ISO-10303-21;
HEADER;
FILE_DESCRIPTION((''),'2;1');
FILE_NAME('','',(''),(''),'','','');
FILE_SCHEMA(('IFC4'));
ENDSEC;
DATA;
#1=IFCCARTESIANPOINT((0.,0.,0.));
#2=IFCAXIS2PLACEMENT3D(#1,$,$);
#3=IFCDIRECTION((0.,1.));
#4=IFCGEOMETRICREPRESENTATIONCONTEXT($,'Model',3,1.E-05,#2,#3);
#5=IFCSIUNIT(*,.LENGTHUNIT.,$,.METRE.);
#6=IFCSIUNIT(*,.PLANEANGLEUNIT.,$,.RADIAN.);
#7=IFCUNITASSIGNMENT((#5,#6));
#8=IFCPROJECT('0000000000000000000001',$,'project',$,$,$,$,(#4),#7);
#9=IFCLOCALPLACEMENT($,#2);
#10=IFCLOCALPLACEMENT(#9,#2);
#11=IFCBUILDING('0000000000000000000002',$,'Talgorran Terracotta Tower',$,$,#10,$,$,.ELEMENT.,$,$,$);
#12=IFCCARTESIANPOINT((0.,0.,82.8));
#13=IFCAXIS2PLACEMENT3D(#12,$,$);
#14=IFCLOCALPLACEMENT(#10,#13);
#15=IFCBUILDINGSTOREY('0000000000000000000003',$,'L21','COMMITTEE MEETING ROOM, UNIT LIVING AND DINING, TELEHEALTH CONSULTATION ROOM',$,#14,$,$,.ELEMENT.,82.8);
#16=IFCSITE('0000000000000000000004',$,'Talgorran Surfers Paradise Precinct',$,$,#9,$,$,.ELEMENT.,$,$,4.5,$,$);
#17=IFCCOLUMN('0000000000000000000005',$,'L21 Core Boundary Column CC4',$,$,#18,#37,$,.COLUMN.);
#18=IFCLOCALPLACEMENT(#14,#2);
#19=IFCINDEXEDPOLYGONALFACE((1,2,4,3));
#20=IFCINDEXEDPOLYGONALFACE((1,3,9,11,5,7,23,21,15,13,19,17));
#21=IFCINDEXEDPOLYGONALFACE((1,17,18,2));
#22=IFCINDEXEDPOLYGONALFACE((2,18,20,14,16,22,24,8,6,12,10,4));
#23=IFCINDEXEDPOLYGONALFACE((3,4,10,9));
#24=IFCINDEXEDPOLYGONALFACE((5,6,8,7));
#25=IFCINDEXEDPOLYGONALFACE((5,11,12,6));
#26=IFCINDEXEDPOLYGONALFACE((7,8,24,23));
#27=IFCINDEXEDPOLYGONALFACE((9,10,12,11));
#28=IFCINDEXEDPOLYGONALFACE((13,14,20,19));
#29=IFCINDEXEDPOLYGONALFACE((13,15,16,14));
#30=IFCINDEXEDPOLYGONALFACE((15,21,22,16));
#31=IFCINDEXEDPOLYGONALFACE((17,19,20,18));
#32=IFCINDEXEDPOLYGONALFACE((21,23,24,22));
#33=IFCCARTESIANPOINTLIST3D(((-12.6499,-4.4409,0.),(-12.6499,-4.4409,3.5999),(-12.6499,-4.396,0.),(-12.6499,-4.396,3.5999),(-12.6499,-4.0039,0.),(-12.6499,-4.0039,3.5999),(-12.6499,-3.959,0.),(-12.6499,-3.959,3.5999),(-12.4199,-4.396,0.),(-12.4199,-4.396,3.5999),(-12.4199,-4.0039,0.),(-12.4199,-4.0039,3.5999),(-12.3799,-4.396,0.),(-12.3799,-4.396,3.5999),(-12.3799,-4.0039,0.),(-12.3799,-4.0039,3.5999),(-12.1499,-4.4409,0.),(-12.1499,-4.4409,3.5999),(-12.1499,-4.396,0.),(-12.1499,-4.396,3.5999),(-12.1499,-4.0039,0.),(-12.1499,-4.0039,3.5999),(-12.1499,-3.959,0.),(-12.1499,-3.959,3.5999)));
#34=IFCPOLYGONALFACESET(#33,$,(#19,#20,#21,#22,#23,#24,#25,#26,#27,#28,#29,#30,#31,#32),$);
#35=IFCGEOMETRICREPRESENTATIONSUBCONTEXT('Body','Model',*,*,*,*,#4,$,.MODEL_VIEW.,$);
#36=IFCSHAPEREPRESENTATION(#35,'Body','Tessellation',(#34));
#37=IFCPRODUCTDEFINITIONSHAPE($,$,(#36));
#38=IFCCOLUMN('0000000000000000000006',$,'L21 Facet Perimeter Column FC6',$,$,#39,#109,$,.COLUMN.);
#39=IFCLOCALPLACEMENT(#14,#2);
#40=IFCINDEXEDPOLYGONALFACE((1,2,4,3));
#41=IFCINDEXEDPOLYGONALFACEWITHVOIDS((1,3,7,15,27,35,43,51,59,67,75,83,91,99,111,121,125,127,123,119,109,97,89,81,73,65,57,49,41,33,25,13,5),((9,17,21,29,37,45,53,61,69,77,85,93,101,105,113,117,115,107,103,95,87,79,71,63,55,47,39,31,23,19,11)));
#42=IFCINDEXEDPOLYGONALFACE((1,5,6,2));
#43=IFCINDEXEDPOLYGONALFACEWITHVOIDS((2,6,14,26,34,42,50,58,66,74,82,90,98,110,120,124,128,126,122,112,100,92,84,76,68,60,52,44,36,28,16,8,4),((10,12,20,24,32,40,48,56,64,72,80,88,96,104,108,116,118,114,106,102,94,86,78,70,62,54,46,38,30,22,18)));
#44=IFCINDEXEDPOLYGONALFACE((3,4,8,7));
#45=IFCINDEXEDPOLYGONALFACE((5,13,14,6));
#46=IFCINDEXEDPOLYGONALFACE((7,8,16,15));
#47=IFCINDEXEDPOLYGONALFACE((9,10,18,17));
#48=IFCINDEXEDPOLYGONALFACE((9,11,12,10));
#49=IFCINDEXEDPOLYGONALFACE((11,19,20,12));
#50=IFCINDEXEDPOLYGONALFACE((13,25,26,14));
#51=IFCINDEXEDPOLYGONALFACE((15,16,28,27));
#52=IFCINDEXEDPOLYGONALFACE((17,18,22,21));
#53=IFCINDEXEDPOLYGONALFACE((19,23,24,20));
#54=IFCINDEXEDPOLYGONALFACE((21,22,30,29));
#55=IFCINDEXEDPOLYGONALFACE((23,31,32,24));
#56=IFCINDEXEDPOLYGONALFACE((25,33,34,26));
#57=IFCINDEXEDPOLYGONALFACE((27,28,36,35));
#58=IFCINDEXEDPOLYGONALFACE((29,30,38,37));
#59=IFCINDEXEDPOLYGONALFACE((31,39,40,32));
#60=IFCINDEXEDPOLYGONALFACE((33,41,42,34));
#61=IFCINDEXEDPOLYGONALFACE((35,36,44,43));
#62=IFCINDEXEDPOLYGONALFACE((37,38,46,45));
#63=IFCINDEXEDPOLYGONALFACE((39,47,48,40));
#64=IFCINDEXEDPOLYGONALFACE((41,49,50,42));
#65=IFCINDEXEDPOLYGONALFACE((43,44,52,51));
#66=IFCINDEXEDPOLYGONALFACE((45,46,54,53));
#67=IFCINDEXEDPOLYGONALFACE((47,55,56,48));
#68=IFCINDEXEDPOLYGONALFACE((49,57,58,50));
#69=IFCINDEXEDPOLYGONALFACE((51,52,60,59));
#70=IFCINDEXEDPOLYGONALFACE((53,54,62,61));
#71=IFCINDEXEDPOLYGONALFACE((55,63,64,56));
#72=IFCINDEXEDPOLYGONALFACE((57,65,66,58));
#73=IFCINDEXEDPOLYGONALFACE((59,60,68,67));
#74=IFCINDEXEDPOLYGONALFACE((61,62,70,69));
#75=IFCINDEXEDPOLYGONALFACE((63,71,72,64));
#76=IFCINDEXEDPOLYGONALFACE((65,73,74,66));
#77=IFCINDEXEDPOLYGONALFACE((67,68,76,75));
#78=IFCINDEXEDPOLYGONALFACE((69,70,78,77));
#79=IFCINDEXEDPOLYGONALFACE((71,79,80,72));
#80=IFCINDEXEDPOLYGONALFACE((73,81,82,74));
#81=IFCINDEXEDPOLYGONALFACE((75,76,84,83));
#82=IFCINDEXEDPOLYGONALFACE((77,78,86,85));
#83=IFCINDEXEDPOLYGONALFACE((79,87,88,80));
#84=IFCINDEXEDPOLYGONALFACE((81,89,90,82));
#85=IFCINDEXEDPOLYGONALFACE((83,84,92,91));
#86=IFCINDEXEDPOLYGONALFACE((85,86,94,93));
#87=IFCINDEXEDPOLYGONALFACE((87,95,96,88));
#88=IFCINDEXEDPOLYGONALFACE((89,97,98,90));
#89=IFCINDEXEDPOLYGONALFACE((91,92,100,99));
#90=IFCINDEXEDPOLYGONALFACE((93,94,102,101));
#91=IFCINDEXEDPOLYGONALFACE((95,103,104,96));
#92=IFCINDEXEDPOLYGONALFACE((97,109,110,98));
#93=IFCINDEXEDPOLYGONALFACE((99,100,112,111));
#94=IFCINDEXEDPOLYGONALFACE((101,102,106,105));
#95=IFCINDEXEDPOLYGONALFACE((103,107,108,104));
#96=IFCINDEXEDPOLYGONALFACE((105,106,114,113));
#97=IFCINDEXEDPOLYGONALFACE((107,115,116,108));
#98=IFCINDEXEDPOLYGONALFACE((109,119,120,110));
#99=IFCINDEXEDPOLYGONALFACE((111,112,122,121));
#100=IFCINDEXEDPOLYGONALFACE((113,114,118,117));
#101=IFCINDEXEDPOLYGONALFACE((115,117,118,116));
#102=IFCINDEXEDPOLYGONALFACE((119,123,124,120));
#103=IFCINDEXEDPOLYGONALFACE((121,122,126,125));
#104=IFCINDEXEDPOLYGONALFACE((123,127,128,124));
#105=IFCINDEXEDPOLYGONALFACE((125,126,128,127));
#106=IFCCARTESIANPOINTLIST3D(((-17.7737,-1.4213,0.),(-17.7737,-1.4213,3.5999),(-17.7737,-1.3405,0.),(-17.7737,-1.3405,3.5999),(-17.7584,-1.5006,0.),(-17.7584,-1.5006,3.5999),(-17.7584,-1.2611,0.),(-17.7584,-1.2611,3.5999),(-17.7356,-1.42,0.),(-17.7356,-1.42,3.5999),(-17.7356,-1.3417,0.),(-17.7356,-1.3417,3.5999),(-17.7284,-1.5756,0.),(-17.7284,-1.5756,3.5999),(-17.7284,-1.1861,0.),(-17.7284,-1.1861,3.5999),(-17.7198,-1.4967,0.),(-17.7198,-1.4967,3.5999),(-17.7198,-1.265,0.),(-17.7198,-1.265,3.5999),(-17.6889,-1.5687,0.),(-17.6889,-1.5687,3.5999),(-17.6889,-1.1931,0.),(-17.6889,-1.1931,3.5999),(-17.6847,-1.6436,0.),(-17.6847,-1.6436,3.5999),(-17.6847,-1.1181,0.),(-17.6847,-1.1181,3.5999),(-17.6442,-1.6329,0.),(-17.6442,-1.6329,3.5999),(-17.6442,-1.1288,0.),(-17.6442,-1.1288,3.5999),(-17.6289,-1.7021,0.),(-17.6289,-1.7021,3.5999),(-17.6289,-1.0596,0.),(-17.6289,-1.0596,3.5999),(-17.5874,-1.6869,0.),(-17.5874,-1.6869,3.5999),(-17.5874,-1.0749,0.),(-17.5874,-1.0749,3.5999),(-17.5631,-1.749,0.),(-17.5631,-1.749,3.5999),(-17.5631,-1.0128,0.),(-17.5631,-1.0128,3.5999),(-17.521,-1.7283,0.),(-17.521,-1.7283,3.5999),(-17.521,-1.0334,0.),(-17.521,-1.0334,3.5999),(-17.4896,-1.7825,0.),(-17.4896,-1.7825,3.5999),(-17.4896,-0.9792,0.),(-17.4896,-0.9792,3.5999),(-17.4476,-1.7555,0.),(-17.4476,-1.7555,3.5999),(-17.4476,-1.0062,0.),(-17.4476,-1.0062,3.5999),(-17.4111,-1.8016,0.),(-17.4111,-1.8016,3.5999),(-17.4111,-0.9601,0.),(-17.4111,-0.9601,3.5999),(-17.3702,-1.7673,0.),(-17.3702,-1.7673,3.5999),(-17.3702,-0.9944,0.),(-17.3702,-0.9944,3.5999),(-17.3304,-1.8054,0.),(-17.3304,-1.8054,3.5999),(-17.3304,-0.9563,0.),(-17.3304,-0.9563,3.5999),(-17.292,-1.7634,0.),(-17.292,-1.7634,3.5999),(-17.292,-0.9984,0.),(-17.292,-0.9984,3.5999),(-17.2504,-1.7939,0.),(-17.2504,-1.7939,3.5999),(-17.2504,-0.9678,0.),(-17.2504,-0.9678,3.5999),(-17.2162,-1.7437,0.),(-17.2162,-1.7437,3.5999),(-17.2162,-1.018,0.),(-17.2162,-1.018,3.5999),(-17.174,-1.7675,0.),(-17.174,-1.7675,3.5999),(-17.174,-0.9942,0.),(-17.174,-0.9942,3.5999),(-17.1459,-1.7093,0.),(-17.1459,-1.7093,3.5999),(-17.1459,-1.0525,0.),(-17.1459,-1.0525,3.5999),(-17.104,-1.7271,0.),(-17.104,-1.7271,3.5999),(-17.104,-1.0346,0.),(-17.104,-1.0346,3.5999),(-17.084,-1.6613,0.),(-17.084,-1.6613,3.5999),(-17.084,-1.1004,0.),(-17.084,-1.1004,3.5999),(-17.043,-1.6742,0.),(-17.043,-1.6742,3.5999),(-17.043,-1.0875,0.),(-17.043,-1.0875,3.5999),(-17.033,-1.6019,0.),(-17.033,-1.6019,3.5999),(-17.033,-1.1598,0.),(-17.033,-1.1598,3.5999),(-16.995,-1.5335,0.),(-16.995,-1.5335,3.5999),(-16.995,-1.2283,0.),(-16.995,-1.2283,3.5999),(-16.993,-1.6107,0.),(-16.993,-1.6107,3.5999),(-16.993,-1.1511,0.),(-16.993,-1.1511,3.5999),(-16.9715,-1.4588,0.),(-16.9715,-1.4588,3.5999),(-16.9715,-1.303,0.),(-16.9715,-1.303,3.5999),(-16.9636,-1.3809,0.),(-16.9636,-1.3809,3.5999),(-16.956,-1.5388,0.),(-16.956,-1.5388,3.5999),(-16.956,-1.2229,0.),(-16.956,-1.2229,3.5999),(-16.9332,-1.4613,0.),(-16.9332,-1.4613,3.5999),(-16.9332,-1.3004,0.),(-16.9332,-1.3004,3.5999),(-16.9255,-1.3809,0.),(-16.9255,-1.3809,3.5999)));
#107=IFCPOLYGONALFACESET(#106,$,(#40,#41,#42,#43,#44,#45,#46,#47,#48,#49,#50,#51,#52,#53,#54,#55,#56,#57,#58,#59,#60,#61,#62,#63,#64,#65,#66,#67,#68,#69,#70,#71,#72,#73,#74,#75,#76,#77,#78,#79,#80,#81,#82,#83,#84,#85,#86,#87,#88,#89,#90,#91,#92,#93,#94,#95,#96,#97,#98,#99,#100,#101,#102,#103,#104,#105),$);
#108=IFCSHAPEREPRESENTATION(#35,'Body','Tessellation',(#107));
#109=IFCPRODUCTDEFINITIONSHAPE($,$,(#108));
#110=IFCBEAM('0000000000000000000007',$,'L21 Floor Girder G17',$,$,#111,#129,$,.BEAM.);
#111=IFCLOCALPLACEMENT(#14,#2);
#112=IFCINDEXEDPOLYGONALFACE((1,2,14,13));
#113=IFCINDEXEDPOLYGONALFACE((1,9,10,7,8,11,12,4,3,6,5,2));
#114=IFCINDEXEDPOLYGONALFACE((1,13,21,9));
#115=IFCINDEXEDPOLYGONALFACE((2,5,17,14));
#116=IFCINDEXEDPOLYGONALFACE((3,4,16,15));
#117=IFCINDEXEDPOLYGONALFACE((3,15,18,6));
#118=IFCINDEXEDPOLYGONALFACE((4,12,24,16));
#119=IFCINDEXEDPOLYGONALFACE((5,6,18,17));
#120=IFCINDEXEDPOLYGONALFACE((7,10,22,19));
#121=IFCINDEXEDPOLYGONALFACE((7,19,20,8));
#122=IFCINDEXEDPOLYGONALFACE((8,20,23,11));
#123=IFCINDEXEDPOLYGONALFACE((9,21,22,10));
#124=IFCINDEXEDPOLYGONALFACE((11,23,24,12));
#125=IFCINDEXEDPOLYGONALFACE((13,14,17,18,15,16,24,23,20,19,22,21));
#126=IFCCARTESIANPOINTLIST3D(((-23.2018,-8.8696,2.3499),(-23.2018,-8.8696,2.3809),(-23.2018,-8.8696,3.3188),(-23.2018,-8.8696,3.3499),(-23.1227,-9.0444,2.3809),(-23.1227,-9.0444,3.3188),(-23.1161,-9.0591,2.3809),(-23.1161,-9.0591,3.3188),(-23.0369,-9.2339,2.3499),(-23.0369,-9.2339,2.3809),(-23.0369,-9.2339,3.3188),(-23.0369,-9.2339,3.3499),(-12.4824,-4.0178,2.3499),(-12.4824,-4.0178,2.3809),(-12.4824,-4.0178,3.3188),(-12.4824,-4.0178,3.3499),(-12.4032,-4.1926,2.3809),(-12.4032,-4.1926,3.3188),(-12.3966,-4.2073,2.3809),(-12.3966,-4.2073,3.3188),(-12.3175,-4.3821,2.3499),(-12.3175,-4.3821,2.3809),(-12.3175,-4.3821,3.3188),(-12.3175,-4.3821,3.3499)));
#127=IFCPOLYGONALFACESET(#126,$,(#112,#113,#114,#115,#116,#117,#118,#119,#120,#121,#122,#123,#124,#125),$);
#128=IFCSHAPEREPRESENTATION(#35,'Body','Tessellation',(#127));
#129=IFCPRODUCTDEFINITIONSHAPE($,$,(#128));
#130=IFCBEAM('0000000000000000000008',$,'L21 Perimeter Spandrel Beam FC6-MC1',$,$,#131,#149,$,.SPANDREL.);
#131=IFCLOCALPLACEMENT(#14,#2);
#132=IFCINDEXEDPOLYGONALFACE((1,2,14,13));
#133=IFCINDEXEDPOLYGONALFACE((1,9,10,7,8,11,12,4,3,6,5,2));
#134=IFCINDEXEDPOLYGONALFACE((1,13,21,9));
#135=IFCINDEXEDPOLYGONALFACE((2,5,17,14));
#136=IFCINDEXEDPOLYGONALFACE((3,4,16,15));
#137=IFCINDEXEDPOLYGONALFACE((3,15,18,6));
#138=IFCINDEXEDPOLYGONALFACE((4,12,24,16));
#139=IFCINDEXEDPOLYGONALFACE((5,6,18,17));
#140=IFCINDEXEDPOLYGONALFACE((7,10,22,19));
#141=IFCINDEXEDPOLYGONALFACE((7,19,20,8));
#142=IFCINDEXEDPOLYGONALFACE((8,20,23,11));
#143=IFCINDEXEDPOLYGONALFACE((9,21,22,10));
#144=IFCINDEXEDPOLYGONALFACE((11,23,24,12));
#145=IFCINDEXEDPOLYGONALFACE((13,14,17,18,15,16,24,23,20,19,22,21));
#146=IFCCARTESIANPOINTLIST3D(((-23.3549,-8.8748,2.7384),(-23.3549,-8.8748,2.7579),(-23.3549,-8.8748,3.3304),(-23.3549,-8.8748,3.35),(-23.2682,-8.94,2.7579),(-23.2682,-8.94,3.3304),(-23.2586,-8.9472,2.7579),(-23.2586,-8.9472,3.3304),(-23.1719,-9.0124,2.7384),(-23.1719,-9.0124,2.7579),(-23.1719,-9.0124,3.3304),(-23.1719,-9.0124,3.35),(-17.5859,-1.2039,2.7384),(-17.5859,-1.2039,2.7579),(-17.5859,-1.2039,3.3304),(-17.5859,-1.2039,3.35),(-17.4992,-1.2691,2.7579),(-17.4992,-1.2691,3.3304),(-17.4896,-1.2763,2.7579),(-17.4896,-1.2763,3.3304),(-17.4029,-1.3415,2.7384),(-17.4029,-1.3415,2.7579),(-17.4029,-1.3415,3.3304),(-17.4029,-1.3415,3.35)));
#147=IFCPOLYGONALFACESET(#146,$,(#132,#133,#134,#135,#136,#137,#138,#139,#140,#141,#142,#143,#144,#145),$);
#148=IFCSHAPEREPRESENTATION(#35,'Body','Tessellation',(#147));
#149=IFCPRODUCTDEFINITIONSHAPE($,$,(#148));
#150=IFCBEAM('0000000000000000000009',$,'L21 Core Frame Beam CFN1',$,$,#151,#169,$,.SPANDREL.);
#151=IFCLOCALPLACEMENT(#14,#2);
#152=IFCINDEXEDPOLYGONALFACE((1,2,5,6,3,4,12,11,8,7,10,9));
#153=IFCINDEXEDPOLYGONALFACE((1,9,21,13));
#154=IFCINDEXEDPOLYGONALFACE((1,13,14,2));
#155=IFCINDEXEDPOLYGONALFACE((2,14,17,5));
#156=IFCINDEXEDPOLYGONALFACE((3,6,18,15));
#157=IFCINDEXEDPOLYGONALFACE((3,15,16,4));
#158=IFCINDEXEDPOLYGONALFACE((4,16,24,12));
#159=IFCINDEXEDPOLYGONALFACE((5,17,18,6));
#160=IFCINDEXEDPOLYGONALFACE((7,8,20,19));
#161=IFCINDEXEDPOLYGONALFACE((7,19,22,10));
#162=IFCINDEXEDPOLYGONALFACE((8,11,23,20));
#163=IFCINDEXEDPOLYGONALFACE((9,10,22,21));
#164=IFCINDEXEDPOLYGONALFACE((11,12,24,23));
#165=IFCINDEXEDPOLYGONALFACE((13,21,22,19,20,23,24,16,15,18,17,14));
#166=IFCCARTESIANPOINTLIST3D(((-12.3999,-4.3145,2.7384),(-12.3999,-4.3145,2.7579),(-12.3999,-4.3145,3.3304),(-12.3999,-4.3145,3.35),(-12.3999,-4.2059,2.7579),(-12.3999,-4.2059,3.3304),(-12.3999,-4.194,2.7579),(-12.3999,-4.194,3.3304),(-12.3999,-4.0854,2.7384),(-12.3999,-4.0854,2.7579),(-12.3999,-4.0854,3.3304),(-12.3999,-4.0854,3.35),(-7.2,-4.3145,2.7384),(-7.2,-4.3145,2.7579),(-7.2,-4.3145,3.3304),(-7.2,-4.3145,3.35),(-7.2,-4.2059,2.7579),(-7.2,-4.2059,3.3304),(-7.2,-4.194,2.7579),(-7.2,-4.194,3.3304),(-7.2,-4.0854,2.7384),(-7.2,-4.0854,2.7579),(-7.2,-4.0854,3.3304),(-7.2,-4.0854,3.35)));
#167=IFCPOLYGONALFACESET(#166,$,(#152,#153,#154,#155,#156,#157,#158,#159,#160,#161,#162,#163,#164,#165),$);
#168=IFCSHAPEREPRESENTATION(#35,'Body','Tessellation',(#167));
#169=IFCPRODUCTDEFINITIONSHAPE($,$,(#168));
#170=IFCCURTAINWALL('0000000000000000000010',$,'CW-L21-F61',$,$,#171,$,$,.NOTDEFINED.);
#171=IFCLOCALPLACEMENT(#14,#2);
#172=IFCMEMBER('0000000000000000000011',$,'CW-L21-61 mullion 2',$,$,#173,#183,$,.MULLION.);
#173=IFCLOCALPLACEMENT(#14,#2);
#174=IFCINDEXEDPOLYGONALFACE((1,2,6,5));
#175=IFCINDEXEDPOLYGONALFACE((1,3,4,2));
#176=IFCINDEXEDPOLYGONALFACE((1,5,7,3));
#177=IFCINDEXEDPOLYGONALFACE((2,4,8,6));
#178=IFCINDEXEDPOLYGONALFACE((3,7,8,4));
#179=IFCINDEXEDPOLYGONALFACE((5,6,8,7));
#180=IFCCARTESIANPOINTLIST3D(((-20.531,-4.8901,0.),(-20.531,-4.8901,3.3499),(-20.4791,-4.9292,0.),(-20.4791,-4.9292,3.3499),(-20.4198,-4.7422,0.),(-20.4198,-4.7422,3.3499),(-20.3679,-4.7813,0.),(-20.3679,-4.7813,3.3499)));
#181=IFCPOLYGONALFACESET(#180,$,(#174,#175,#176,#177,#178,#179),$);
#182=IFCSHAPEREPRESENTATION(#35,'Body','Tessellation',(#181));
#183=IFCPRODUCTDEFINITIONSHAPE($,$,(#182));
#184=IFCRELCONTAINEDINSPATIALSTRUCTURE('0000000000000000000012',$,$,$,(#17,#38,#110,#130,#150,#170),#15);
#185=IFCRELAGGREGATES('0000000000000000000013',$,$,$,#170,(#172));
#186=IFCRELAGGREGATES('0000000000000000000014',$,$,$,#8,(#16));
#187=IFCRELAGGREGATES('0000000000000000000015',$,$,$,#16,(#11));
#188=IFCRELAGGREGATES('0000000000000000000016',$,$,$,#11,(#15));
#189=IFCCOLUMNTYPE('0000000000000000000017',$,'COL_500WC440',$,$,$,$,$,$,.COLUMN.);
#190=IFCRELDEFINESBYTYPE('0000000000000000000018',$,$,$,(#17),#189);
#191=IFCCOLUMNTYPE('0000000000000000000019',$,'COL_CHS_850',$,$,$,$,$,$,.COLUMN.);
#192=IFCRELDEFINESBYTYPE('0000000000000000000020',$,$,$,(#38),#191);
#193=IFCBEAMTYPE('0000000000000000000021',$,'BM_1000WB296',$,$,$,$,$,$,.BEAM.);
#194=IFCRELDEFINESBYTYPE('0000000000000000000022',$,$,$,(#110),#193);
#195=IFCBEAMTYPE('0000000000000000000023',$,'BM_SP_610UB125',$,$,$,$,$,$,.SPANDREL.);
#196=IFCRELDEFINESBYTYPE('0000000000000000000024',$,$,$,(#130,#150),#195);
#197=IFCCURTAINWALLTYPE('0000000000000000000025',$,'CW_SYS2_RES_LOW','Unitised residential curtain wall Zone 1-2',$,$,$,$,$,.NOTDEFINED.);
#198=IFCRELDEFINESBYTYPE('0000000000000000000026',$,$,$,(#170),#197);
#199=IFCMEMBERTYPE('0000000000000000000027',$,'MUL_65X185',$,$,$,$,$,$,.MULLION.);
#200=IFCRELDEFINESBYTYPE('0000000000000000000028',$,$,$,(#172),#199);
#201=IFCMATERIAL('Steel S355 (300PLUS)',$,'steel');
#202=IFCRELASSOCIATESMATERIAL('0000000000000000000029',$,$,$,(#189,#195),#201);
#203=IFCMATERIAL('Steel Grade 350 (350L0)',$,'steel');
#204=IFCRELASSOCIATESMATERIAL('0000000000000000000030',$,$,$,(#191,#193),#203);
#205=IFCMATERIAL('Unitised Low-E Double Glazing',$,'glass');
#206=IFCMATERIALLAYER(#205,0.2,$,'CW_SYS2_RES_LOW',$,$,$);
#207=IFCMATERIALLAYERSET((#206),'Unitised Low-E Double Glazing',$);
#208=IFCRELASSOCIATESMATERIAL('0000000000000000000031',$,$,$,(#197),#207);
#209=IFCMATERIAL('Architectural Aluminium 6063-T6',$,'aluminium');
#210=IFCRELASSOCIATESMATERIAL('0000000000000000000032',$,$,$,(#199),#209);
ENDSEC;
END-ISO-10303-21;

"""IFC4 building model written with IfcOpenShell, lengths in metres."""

from ifc_helpers import new_model, si_unit, direction, frame, origin, origin_2d, place, context, subcontext, project, spatial, rectangle, hollow_circle, i_section, extrude, material, layer, layer_set, material_profile, profile_set, type_object, element, aggregate, save


model = new_model("IFC4")

# Units and contexts
model_context = context("Model", 3, precision=1e-05, world=origin(), true_north=direction((0.0, 1.0)))
body_context = subcontext(model_context, "Body", "Model", "MODEL_VIEW")
ifc_project = project(units=[si_unit("LENGTHUNIT", "METRE"), si_unit("PLANEANGLEUNIT", "RADIAN")], contexts=[model_context])

# Site, building, storey
site_placement = place(None, origin())
site = spatial("IfcSite", under=ifc_project, at=site_placement, Name="Talgorran Surfers Paradise Precinct", CompositionType="ELEMENT", RefElevation=4.5)
building_placement = place(site_placement, origin())
building = spatial("IfcBuilding", under=site, at=building_placement, Name="Talgorran Terracotta Tower", CompositionType="ELEMENT")
storey_placement = place(building_placement, frame((0.0, 0.0, 82.8)))
storey = spatial("IfcBuildingStorey", under=building, at=storey_placement, Name="L21", Description="COMMITTEE MEETING ROOM, UNIT LIVING AND DINING, TELEHEALTH CONSULTATION ROOM", CompositionType="ELEMENT", Elevation=82.8)

# Columns
ifc_material_1 = material(Name="Steel S355 (300PLUS)", Category="steel")
ifc_material_profile_1 = material_profile(ifc_material_1, i_section(OverallWidth=0.5, OverallDepth=0.4819, WebThickness=0.04, FlangeThickness=0.0449, at=origin_2d()), Name="500WC440")
ifc_profile_set_1 = profile_set([ifc_material_profile_1], Name="Steel S355 (300PLUS)")
column_type_1 = type_object("IfcColumnType", Name="COL_500WC440", PredefinedType="COLUMN", material=ifc_profile_set_1)
column_1_placement = place(storey_placement, frame((-12.3999, -4.2, 0.0), z_axis=(0.0, 0.0, 1.0), x_axis=(1.0, 0.0, 0.0)))
element("IfcColumn", 1, at=column_1_placement, inside=storey, type_object=column_type_1, Name="L21 Core Boundary Column CC4", PredefinedType="COLUMN", context=body_context, shape_type="SweptSolid", body=[
    extrude(i_section(OverallWidth=0.5, OverallDepth=0.4819, WebThickness=0.04, FlangeThickness=0.0449, at=origin_2d()), origin(), (0.0, 0.0, 1.0), 3.5999),
])
ifc_material_2 = material(Name="Steel Grade 350 (350L0)", Category="steel")
ifc_material_profile_2 = material_profile(ifc_material_2, hollow_circle(Radius=0.425, WallThickness=0.0381, at=origin_2d()), Name="CHS850X38")
ifc_profile_set_2 = profile_set([ifc_material_profile_2], Name="Steel Grade 350 (350L0)")
column_type_2 = type_object("IfcColumnType", Name="COL_CHS_850", PredefinedType="COLUMN", material=ifc_profile_set_2)
column_2_placement = place(storey_placement, frame((-17.3506, -1.3809, 0.0), z_axis=(0.0, 0.0, 1.0), x_axis=(1.0, 0.0, 0.0)))
element("IfcColumn", 2, at=column_2_placement, inside=storey, type_object=column_type_2, Name="L21 Facet Perimeter Column FC6", PredefinedType="COLUMN", context=body_context, shape_type="SweptSolid", body=[
    extrude(hollow_circle(Radius=0.425, WallThickness=0.0381, at=origin_2d()), origin(), (0.0, 0.0, 1.0), 3.5999),
])

# Beams
ifc_material_profile_3 = material_profile(ifc_material_2, i_section(OverallWidth=0.3999, OverallDepth=1.0, WebThickness=0.0161, FlangeThickness=0.031, at=origin_2d()), Name="1000WB296")
ifc_profile_set_3 = profile_set([ifc_material_profile_3], Name="Steel Grade 350 (350L0)")
beam_type_1 = type_object("IfcBeamType", Name="BM_1000WB296", PredefinedType="BEAM", material=ifc_profile_set_3)
beam_1_placement = place(storey_placement, frame((-12.3999, -4.2, 2.8499), z_axis=(-0.911028, -0.412345, 0.0), x_axis=(0.412345, -0.911028, 0.0)))
element("IfcBeam", 3, at=beam_1_placement, inside=storey, type_object=beam_type_1, Name="L21 Floor Girder G17", PredefinedType="BEAM", context=body_context, shape_type="SweptSolid", body=[
    extrude(i_section(OverallWidth=0.3999, OverallDepth=1.0, WebThickness=0.0161, FlangeThickness=0.031, at=origin_2d()), origin(), (0.0, 0.0, 1.0), 11.7664),
])
ifc_material_profile_4 = material_profile(ifc_material_1, i_section(OverallWidth=0.229, OverallDepth=0.6116, WebThickness=0.012, FlangeThickness=0.0195, at=origin_2d()), Name="610UB125")
ifc_profile_set_4 = profile_set([ifc_material_profile_4], Name="Steel S355 (300PLUS)")
beam_type_2 = type_object("IfcBeamType", Name="BM_SP_610UB125", PredefinedType="SPANDREL", material=ifc_profile_set_4)
beam_2_placement = place(storey_placement, frame((-17.4944, -1.2727, 3.0442), z_axis=(-0.601058, -0.799206, 0.0), x_axis=(0.799206, -0.601058, 0.0)))
element("IfcBeam", 4, at=beam_2_placement, inside=storey, type_object=beam_type_2, Name="L21 Perimeter Spandrel Beam FC6-MC1", PredefinedType="SPANDREL", context=body_context, shape_type="SweptSolid", body=[
    extrude(i_section(OverallWidth=0.229, OverallDepth=0.6116, WebThickness=0.012, FlangeThickness=0.0195, at=origin_2d()), origin(), (0.0, 0.0, 1.0), 9.5981),
])
beam_3_placement = place(storey_placement, frame((-12.3999, -4.2, 3.0442), z_axis=(1.0, 0.0, 0.0), x_axis=(0.0, 1.0, 0.0)))
element("IfcBeam", 5, at=beam_3_placement, inside=storey, type_object=beam_type_2, Name="L21 Core Frame Beam CFN1", PredefinedType="SPANDREL", context=body_context, shape_type="SweptSolid", body=[
    extrude(i_section(OverallWidth=0.229, OverallDepth=0.6116, WebThickness=0.012, FlangeThickness=0.0195, at=origin_2d()), origin(), (0.0, 0.0, 1.0), 5.2),
])

# Curtain wall, member
ifc_material_3 = material(Name="Unitised Low-E Double Glazing", Category="glass")
ifc_layer_1 = layer(ifc_material_3, 0.2, Name="CW_SYS2_RES_LOW")
ifc_layer_set_1 = layer_set([ifc_layer_1], Name="Unitised Low-E Double Glazing")
curtain_wall_type = type_object("IfcCurtainWallType", Name="CW_SYS2_RES_LOW", Description="Unitised residential curtain wall Zone 1-2", PredefinedType="NOTDEFINED", material=ifc_layer_set_1)
curtain_wall_1_placement = place(storey_placement, origin())
curtain_wall_1 = element("IfcCurtainWall", 6, at=curtain_wall_1_placement, inside=storey, type_object=curtain_wall_type, Name="CW-L21-F61", PredefinedType="NOTDEFINED")
ifc_material_4 = material(Name="Architectural Aluminium 6063-T6", Category="aluminium")
ifc_material_profile_5 = material_profile(ifc_material_4, rectangle(XDim=0.0649, YDim=0.1851, at=origin_2d()), Name="CWM65X185")
ifc_profile_set_5 = profile_set([ifc_material_profile_5], Name="Architectural Aluminium 6063-T6")
member_type_1 = type_object("IfcMemberType", Name="MUL_65X185", PredefinedType="MULLION", material=ifc_profile_set_5)
member_1_placement = place(storey_placement, frame((-20.4495, -4.8357, 0.0), z_axis=(0.0, 0.0, 1.0), x_axis=(0.799217, -0.601042, 0.0)))
member_1 = element("IfcMember", 7, at=member_1_placement, type_object=member_type_1, Name="CW-L21-61 mullion 2", PredefinedType="MULLION", context=body_context, shape_type="SweptSolid", body=[
    extrude(rectangle(XDim=0.0649, YDim=0.1851, at=origin_2d()), origin(), (0.0, 0.0, 1.0), 3.3499),
])

aggregate(curtain_wall_1, [member_1])

save(model, "model.ifc")
